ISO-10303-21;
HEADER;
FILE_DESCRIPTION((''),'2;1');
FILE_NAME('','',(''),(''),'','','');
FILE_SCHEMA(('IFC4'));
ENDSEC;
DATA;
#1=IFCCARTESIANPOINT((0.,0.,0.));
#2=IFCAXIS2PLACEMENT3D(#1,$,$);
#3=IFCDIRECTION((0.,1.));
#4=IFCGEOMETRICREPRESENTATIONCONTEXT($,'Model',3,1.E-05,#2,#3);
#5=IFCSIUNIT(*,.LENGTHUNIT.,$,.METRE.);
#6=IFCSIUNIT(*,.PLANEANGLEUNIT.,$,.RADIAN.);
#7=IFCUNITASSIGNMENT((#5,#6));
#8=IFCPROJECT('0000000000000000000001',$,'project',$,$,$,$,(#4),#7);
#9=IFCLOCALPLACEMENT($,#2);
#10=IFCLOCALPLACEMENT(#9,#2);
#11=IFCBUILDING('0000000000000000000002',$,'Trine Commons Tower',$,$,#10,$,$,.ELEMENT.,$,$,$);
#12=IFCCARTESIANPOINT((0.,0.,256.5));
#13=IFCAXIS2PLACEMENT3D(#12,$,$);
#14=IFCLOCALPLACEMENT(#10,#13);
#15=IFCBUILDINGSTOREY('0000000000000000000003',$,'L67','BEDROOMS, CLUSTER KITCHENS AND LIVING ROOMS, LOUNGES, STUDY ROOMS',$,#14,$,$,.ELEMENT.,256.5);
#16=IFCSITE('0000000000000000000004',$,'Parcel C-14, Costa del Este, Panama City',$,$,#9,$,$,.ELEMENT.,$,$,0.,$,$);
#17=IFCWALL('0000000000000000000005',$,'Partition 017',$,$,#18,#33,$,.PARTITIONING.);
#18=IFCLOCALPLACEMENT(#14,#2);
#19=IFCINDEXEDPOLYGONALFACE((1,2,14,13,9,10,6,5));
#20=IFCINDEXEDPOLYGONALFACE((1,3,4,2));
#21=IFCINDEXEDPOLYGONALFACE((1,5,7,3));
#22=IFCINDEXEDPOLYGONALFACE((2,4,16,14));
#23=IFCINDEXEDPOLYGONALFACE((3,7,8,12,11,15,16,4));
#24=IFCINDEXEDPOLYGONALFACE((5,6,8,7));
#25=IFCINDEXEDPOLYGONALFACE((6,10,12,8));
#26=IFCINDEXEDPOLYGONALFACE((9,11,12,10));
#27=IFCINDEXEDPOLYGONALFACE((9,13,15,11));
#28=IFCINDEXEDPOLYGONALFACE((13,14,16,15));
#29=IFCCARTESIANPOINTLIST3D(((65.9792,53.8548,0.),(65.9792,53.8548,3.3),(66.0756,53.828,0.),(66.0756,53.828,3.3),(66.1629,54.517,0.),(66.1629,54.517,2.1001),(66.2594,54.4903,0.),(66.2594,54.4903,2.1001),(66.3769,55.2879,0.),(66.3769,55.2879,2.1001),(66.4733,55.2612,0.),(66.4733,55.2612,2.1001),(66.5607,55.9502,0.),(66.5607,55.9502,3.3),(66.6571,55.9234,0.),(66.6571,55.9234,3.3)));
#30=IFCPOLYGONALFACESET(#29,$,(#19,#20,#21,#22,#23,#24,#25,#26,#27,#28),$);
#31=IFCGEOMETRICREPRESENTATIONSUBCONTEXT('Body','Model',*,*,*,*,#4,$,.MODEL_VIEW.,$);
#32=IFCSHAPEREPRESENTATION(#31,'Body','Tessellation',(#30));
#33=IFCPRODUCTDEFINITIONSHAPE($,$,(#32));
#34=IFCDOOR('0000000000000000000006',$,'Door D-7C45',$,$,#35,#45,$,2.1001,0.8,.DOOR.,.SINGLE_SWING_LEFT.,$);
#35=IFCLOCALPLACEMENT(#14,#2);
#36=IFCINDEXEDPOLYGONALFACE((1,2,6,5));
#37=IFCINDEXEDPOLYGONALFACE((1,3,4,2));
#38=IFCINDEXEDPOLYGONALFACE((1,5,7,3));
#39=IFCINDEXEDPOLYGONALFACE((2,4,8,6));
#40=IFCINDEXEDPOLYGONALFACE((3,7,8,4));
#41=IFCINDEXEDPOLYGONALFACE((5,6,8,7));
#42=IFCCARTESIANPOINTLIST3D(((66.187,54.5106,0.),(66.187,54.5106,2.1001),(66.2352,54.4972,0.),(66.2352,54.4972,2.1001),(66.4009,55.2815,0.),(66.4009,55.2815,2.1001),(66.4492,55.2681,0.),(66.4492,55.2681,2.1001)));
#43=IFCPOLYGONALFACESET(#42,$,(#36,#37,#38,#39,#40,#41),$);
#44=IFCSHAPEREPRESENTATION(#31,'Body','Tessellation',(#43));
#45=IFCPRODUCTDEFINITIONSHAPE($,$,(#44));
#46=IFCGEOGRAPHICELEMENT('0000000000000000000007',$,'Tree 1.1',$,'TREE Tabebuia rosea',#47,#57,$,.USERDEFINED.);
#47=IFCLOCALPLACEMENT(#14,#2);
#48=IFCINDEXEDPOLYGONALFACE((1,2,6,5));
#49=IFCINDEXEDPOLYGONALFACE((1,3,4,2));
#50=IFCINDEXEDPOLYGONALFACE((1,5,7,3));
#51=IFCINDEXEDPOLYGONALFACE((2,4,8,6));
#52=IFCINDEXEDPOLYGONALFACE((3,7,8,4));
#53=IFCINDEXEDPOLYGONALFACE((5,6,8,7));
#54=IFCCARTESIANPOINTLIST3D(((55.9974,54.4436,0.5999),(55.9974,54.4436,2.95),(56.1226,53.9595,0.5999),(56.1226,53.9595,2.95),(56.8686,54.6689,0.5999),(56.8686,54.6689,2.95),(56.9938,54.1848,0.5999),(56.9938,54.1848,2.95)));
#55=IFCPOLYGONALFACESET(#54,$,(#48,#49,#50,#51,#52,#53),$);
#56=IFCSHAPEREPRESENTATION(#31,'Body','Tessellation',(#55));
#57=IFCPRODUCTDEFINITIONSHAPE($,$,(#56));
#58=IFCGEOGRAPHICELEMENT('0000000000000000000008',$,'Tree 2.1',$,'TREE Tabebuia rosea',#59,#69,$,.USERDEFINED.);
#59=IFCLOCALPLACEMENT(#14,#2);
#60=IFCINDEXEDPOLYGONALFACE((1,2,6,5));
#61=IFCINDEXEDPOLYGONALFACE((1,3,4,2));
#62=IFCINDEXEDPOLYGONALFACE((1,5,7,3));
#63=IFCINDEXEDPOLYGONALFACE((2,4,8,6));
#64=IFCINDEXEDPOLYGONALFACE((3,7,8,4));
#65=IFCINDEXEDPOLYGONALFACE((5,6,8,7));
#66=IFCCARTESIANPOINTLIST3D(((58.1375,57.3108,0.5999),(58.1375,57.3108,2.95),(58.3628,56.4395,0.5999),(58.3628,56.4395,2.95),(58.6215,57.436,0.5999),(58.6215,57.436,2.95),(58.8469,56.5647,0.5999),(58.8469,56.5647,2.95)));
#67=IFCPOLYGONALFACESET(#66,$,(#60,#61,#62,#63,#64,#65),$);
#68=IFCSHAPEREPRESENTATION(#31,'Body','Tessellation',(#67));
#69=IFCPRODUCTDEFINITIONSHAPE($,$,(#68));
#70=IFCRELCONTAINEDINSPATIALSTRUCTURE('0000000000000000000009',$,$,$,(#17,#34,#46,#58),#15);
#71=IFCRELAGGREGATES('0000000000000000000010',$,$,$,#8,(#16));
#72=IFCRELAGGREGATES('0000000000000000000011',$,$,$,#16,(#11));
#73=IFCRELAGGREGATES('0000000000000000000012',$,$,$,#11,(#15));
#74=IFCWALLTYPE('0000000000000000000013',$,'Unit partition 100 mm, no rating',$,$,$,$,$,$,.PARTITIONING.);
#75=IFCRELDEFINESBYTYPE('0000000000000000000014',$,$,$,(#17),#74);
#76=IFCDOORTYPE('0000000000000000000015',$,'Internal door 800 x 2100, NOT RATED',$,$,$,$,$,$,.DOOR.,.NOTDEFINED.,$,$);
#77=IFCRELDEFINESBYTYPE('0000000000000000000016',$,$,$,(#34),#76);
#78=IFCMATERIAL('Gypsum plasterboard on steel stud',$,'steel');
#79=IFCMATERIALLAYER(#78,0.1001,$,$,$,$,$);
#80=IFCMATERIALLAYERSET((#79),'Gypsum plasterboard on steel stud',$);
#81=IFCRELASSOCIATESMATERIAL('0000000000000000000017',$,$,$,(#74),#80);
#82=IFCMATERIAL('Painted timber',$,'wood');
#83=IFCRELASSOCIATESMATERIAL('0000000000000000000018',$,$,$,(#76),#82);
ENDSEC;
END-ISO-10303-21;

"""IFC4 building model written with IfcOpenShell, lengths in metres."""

from ifc_helpers import new_model, si_unit, direction, frame, frame_2d, origin, origin_2d, place, context, subcontext, project, spatial, rectangle, extrude, material, layer, layer_set, type_object, element, fill, save


model = new_model("IFC4")

# Units and contexts
model_context = context("Model", 3, precision=1e-05, world=origin(), true_north=direction((0.0, 1.0)))
body_context = subcontext(model_context, "Body", "Model", "MODEL_VIEW")
ifc_project = project(units=[si_unit("LENGTHUNIT", "METRE"), si_unit("PLANEANGLEUNIT", "RADIAN")], contexts=[model_context])

# Site, building, storey
site_placement = place(None, origin())
site = spatial("IfcSite", under=ifc_project, at=site_placement, Name="Parcel C-14, Costa del Este, Panama City", CompositionType="ELEMENT", RefElevation=0.0)
building_placement = place(site_placement, origin())
building = spatial("IfcBuilding", under=site, at=building_placement, Name="Trine Commons Tower", CompositionType="ELEMENT")
storey_placement = place(building_placement, frame((0.0, 0.0, 256.5)))
storey = spatial("IfcBuildingStorey", under=building, at=storey_placement, Name="L67", Description="BEDROOMS, CLUSTER KITCHENS AND LIVING ROOMS, LOUNGES, STUDY ROOMS", CompositionType="ELEMENT", Elevation=256.5)

# Shared definitions
ifc_material_1 = material(Name="Gypsum plasterboard on steel stud", Category="steel")

# Shared definitions
ifc_layer_1 = layer(ifc_material_1, 0.1001)
ifc_layer_set_1 = layer_set([ifc_layer_1], Name="Gypsum plasterboard on steel stud")
wall_type_1 = type_object("IfcWallType", Name="Unit partition 100 mm, no rating", PredefinedType="PARTITIONING", material=ifc_layer_set_1)
ifc_material_2 = material(Name="Painted timber", Category="wood")
door_type_1 = type_object("IfcDoorType", Name="Internal door 800 x 2100, NOT RATED", OperationType="NOTDEFINED", PredefinedType="DOOR", material=ifc_material_2)

# Wall, opening, door
wall_1_placement = place(storey_placement, frame((66.0273, 53.8413, 0.0), z_axis=(0.0, 0.0, 1.0), x_axis=(0.267418, 0.963581, 0.0)))
wall_1 = element("IfcWall", 1, at=wall_1_placement, inside=storey, type_object=wall_type_1, Name="Partition 017", PredefinedType="PARTITIONING", context=body_context, shape_type="SweptSolid", body=[
    extrude(rectangle(XDim=2.1746, YDim=0.1001, at=frame_2d((1.0874, 0.0))), origin(), (0.0, 0.0, 1.0), 3.3),
])
opening_1_placement = place(wall_1_placement, frame((0.6875, 0.0, 0.0)))
opening_1 = element("IfcOpeningElement", 2, at=opening_1_placement, cuts=wall_1, PredefinedType="OPENING", context=body_context, shape_type="SweptSolid", body=[
    extrude(rectangle(XDim=0.8, YDim=2.1001, at=frame_2d((0.3999, 1.05))), frame((0.0, 0.0601, 0.0), z_axis=(0.0, -1.0, 0.0), x_axis=(1.0, 0.0, 0.0)), (0.0, 0.0, 1.0), 0.1201),
])
door_1_placement = place(opening_1_placement, frame((0.8, 0.0, 0.0), z_axis=(0.0, 0.0, 1.0), x_axis=(-1.0, 0.0, 0.0)))
door_1 = element("IfcDoor", 3, at=door_1_placement, inside=storey, type_object=door_type_1, Name="Door D-7C45", OperationType="SINGLE_SWING_LEFT", OverallHeight=2.1001, OverallWidth=0.8, PredefinedType="DOOR", context=body_context, shape_type="SweptSolid", body=[
    extrude(rectangle(XDim=0.8, YDim=2.1001, at=frame_2d((0.3999, 1.05))), frame((0.0, 0.0249, 0.0), z_axis=(0.0, -1.0, 0.0), x_axis=(1.0, 0.0, 0.0)), (0.0, 0.0, 1.0), 0.05),
])
fill(opening_1, door_1)

# Geographic elements
for number, where, z_axis, x_axis, name in (
    (4, (56.4956, 54.3142, 0.5999), (0.0, 0.0, 1.0), (0.968152, 0.250363, 0.0), "Tree 1.1"),
    (5, (58.4922, 56.9377, 0.5999), (0.0, 0.0, 1.0), (-0.25041, 0.96814, 0.0), "Tree 2.1"),
):
    element("IfcGeographicElement", number, at=place(storey_placement, frame(where, z_axis=z_axis, x_axis=x_axis)), inside=storey, Name=name, ObjectType="TREE Tabebuia rosea", PredefinedType="USERDEFINED", context=body_context, shape_type="SweptSolid", body=[
        extrude(rectangle(XDim=0.8999, YDim=0.5, at=origin_2d()), origin(), (0.0, 0.0, 1.0), 2.3501),
    ])

save(model, "model.ifc")
